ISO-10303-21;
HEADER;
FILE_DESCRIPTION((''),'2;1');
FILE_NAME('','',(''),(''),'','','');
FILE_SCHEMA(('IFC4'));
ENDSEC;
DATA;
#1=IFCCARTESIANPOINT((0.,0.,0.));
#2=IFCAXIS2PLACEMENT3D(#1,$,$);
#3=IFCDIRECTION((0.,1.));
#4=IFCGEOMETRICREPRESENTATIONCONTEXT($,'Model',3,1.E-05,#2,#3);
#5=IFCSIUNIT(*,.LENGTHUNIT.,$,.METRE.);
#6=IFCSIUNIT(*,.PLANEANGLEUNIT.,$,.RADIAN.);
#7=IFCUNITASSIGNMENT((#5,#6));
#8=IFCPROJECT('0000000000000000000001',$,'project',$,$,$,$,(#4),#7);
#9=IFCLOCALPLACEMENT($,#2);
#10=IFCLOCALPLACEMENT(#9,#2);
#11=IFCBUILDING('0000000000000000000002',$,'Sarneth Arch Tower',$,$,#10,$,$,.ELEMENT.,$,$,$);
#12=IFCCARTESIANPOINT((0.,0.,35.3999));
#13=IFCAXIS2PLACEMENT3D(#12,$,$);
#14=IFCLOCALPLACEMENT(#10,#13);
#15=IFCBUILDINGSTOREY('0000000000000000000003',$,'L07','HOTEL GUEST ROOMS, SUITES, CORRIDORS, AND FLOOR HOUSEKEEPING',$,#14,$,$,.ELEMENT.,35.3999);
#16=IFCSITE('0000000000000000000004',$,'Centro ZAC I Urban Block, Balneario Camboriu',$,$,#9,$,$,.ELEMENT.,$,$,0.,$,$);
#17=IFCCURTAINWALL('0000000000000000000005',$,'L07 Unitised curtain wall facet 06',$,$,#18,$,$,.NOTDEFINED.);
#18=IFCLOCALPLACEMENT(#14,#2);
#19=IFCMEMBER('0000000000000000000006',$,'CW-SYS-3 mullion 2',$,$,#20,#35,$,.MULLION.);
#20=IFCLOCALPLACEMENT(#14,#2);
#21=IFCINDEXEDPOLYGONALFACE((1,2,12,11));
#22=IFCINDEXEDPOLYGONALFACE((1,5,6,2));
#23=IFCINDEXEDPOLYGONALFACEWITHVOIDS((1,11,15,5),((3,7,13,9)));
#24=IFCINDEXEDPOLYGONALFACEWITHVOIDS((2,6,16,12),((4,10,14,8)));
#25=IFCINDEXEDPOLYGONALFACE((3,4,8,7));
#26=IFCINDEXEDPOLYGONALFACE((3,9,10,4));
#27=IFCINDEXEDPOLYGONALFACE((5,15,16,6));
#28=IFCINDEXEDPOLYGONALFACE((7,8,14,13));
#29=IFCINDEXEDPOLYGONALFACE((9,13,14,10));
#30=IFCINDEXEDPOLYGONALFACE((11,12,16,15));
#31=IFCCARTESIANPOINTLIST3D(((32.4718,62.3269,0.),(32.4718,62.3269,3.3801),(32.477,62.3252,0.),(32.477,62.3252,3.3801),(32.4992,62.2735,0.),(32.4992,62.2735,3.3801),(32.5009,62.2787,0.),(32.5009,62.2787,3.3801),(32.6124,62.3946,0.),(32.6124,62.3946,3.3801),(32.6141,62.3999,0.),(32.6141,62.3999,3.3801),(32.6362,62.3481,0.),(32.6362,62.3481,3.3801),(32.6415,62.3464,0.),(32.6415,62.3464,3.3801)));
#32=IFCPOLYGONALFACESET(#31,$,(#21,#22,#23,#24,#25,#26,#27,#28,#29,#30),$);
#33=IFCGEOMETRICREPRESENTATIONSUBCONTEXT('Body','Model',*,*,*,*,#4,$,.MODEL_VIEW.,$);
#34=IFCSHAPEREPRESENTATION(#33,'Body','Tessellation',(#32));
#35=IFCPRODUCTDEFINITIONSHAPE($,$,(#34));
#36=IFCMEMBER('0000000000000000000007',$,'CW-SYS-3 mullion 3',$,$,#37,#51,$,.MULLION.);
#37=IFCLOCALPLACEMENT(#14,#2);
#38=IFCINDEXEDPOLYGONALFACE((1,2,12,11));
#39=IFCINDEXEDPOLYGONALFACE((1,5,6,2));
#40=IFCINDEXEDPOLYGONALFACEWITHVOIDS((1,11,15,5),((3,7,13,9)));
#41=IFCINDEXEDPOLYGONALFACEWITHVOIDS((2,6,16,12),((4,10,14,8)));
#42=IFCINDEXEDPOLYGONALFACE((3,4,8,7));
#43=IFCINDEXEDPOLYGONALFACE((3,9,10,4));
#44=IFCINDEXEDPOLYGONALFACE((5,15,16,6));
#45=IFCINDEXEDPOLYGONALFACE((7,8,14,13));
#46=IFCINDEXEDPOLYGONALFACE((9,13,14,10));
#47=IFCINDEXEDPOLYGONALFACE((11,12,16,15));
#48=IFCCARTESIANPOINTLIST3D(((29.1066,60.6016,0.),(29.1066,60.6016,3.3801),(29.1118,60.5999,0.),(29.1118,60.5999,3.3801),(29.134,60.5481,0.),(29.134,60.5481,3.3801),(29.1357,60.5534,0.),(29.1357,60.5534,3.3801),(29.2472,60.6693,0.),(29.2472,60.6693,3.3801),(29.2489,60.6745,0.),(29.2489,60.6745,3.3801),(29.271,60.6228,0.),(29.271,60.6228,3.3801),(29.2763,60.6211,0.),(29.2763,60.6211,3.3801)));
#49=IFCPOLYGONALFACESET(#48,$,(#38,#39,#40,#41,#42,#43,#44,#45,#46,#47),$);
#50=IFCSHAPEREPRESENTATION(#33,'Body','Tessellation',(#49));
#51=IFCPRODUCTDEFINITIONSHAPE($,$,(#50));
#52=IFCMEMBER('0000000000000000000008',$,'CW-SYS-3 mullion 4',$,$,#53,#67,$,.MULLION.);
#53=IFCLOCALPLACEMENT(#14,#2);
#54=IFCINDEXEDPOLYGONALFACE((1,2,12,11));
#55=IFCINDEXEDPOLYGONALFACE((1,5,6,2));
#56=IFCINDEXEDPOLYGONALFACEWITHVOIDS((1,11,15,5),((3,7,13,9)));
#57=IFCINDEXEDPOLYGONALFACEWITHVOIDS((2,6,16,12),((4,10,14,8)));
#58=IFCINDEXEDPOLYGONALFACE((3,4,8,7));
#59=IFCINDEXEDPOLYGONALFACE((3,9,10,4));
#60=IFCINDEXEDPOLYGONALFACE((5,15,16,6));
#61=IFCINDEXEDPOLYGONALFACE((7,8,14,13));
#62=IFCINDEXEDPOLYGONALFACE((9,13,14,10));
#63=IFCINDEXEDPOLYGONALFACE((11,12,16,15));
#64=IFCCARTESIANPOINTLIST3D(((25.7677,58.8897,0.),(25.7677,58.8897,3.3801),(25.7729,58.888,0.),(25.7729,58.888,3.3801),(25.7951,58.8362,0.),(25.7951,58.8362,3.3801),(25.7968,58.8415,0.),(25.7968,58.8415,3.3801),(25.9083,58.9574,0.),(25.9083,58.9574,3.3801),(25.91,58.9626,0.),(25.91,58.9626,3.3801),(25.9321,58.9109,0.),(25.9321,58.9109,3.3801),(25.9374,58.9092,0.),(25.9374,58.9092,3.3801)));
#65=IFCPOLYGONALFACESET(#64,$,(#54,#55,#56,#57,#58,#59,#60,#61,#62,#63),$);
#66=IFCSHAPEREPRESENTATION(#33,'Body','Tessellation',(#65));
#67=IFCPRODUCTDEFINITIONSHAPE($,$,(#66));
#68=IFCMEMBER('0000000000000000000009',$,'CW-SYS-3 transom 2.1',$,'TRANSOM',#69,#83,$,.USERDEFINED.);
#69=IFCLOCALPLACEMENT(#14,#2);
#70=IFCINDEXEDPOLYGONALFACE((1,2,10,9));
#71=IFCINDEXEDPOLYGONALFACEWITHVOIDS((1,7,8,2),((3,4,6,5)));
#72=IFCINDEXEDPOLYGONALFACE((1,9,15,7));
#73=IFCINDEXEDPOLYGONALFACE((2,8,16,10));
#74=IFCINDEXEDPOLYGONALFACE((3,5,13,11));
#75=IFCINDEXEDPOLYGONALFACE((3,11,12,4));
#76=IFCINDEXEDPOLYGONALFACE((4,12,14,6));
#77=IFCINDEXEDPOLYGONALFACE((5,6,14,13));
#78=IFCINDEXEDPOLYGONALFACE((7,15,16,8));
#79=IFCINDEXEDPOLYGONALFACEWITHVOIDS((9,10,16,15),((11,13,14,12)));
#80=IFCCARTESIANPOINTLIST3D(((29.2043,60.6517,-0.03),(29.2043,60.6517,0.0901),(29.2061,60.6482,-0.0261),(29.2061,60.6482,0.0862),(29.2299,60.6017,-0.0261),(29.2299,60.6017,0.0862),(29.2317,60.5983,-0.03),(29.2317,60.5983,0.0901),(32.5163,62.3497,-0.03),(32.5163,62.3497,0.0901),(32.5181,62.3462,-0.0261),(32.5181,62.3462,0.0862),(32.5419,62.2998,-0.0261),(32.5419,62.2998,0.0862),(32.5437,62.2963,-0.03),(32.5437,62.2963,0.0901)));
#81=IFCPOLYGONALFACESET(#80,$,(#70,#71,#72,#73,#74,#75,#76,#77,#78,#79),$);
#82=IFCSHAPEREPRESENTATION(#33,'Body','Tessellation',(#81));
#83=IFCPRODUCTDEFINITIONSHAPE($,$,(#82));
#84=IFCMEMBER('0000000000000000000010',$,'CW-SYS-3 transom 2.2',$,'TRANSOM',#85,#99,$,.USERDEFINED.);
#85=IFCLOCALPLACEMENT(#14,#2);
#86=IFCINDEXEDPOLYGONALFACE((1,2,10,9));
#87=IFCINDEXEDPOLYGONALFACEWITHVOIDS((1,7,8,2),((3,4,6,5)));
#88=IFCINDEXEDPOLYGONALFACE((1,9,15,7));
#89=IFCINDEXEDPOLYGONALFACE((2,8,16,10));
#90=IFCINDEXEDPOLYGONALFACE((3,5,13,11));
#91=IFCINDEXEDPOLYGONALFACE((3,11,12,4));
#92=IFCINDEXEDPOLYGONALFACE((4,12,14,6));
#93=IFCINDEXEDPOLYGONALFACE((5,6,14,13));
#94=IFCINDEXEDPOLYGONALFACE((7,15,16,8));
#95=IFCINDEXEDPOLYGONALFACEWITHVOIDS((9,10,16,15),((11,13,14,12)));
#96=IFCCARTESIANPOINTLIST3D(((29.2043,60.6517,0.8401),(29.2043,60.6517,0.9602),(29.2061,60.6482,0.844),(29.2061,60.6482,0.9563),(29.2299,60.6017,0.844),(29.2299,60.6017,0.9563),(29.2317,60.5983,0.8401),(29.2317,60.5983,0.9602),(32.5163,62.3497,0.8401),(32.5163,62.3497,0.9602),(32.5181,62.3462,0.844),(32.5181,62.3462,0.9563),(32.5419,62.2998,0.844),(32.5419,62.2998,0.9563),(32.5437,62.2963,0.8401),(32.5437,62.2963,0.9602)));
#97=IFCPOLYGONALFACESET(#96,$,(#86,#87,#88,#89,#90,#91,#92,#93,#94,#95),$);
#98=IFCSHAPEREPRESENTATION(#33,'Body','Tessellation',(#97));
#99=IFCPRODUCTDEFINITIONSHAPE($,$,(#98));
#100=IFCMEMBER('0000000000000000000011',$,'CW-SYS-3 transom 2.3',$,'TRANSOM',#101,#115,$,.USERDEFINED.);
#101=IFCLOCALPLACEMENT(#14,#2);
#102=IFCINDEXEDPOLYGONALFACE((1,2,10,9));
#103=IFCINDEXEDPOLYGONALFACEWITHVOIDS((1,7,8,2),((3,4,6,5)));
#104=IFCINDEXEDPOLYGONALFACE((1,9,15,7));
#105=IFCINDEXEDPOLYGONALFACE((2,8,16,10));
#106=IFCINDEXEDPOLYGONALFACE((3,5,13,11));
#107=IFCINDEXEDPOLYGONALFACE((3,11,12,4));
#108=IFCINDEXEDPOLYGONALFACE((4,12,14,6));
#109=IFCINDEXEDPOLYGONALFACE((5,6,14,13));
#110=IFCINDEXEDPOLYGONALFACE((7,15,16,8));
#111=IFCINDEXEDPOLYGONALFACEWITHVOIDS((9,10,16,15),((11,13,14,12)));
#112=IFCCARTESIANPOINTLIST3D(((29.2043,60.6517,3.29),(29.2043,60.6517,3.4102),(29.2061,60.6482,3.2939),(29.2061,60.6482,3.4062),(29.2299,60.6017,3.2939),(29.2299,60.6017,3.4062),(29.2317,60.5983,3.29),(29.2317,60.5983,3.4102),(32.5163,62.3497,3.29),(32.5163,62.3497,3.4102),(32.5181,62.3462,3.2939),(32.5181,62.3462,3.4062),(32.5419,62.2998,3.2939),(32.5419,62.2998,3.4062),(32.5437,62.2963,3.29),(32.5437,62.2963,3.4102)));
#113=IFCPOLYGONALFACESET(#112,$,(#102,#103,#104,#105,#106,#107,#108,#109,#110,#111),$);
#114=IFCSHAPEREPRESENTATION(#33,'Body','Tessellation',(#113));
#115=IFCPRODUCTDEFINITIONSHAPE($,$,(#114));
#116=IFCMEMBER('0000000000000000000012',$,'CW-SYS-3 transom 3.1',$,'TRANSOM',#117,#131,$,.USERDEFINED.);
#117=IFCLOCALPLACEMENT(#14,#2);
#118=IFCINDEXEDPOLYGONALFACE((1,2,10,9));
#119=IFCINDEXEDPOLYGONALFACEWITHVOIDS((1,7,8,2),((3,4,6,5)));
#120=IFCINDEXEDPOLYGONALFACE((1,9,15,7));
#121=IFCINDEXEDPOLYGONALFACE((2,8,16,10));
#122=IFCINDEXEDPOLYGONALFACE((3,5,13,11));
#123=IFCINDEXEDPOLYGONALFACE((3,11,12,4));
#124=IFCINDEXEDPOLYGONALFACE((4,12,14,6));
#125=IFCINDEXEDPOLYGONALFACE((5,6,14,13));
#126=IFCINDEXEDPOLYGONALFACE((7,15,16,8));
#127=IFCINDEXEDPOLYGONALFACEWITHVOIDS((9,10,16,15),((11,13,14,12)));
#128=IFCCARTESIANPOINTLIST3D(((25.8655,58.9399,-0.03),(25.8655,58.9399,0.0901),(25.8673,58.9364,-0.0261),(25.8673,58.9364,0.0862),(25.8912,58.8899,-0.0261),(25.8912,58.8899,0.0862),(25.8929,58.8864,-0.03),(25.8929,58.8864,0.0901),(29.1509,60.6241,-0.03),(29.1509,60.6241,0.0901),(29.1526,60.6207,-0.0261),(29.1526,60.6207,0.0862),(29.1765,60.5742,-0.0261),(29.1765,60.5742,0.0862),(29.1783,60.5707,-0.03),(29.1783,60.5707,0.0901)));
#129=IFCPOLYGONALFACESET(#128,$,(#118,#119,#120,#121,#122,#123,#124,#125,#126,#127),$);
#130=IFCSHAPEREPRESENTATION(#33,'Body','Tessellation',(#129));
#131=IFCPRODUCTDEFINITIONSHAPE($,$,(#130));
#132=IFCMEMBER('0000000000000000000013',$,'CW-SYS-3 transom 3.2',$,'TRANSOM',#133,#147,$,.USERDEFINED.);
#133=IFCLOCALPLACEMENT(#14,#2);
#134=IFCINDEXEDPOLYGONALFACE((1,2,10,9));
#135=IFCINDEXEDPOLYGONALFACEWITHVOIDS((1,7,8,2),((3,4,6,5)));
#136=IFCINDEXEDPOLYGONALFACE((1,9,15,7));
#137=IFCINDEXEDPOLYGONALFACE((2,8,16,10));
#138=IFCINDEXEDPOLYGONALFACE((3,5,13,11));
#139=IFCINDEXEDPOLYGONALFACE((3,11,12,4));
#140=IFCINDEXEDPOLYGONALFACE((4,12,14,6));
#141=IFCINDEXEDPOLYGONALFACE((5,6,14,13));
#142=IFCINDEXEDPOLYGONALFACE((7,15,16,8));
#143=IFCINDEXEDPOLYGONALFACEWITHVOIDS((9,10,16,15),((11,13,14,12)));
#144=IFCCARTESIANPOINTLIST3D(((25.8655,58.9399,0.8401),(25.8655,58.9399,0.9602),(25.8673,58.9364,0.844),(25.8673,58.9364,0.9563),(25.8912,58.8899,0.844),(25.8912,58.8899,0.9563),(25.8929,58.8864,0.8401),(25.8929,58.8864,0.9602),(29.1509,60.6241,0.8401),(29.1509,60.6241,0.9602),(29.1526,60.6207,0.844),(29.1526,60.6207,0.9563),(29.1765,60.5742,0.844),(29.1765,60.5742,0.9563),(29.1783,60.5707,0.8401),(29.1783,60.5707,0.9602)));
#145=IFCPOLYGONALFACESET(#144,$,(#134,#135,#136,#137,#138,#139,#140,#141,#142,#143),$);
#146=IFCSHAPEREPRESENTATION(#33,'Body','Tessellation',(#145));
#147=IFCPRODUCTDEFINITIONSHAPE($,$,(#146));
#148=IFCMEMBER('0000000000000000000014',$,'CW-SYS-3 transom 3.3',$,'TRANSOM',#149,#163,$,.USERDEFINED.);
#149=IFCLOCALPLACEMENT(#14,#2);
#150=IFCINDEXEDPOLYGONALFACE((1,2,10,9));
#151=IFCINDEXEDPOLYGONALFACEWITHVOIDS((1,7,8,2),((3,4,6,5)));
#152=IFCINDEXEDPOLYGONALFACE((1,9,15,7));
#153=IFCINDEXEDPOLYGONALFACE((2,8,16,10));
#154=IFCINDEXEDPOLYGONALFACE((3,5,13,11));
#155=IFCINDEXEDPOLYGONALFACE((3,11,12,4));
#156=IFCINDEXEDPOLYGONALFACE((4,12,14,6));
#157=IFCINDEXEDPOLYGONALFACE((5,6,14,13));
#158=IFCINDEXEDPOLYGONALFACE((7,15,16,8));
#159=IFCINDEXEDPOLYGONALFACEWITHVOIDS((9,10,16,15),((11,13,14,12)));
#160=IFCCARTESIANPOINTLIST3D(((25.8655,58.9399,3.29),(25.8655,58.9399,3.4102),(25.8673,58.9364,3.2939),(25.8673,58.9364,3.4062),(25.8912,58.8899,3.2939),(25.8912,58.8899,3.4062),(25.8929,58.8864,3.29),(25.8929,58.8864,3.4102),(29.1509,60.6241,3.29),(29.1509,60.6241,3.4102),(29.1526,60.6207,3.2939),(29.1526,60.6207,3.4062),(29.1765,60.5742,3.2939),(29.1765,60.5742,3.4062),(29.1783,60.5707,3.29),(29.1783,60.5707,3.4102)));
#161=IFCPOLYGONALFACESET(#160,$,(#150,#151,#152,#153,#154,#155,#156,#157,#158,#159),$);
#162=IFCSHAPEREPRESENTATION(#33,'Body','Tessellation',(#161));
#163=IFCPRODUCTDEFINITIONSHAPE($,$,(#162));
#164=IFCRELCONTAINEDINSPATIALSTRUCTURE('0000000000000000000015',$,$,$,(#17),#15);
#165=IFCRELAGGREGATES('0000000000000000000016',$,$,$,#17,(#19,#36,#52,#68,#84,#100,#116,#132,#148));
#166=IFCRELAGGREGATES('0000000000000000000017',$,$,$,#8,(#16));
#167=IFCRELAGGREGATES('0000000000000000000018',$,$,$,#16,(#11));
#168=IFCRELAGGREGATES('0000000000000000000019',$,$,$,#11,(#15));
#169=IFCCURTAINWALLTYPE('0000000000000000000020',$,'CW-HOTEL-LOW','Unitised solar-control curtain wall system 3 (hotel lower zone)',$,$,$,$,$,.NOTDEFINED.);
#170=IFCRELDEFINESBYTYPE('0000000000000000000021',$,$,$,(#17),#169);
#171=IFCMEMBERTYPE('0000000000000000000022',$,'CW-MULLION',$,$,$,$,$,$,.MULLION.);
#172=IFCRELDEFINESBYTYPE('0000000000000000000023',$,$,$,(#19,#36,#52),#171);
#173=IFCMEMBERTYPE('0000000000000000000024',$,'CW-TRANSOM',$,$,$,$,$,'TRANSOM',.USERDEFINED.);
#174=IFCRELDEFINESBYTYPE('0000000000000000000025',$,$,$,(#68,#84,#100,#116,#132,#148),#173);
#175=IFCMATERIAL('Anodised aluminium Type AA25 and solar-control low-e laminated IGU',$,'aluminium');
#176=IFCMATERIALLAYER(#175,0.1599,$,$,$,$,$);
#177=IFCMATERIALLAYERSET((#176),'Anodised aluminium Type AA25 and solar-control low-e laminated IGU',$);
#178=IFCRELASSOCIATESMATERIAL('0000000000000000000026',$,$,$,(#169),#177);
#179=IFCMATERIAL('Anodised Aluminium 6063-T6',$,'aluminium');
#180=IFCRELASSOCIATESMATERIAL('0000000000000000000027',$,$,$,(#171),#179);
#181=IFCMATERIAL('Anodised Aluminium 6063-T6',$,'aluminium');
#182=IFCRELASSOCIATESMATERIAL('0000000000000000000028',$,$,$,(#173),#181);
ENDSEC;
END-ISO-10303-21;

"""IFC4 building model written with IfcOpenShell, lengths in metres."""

from ifc_helpers import new_model, si_unit, direction, frame, origin, origin_2d, place, context, subcontext, project, spatial, hollow_rectangle, extrude, material, layer, layer_set, material_profile, profile_set, type_object, element, aggregate, save


model = new_model("IFC4")

# Units and contexts
model_context = context("Model", 3, precision=1e-05, world=origin(), true_north=direction((0.0, 1.0)))
body_context = subcontext(model_context, "Body", "Model", "MODEL_VIEW")
ifc_project = project(units=[si_unit("LENGTHUNIT", "METRE"), si_unit("PLANEANGLEUNIT", "RADIAN")], contexts=[model_context])

# Site, building, storey
site_placement = place(None, origin())
site = spatial("IfcSite", under=ifc_project, at=site_placement, Name="Centro ZAC I Urban Block, Balneario Camboriu", CompositionType="ELEMENT", RefElevation=0.0)
building_placement = place(site_placement, origin())
building = spatial("IfcBuilding", under=site, at=building_placement, Name="Sarneth Arch Tower", CompositionType="ELEMENT")
storey_placement = place(building_placement, frame((0.0, 0.0, 35.3999)))
storey = spatial("IfcBuildingStorey", under=building, at=storey_placement, Name="L07", Description="HOTEL GUEST ROOMS, SUITES, CORRIDORS, AND FLOOR HOUSEKEEPING", CompositionType="ELEMENT", Elevation=35.3999)

# Curtain wall, members
ifc_material_1 = material(Name="Anodised aluminium Type AA25 and solar-control low-e laminated IGU", Category="aluminium")
ifc_layer_1 = layer(ifc_material_1, 0.1599)
ifc_layer_set_1 = layer_set([ifc_layer_1], Name="Anodised aluminium Type AA25 and solar-control low-e laminated IGU")
curtain_wall_type = type_object("IfcCurtainWallType", Name="CW-HOTEL-LOW", Description="Unitised solar-control curtain wall system 3 (hotel lower zone)", PredefinedType="NOTDEFINED", material=ifc_layer_set_1)
curtain_wall_placement = place(storey_placement, origin())
curtain_wall = element("IfcCurtainWall", 1, at=curtain_wall_placement, inside=storey, type_object=curtain_wall_type, Name="L07 Unitised curtain wall facet 06", PredefinedType="NOTDEFINED")
ifc_material_2 = material(Name="Anodised Aluminium 6063-T6", Category="aluminium")
ifc_material_profile_1 = material_profile(ifc_material_2, hollow_rectangle(XDim=0.0601, YDim=0.1599, WallThickness=0.0039, at=origin_2d()), Name="AL-MULL-160x60x4")
ifc_profile_set_1 = profile_set([ifc_material_profile_1], Name="Anodised Aluminium 6063-T6")
member_type_1 = type_object("IfcMemberType", Name="CW-MULLION", PredefinedType="MULLION", material=ifc_profile_set_1)
member_1_placement = place(storey_placement, frame((32.5566, 62.3367, 0.0), z_axis=(0.0, 0.0, 1.0), x_axis=(0.456245, -0.889854, 0.0)))
member_1 = element("IfcMember", 2, at=member_1_placement, type_object=member_type_1, Name="CW-SYS-3 mullion 2", PredefinedType="MULLION", context=body_context, shape_type="SweptSolid", body=[
    extrude(hollow_rectangle(XDim=0.0601, YDim=0.1599, WallThickness=0.0039, at=origin_2d()), origin(), (0.0, 0.0, 1.0), 3.3801),
])
member_2_placement = place(storey_placement, frame((29.1914, 60.6113, 0.0), z_axis=(0.0, 0.0, 1.0), x_axis=(0.456245, -0.889854, 0.0)))
member_2 = element("IfcMember", 3, at=member_2_placement, type_object=member_type_1, Name="CW-SYS-3 mullion 3", PredefinedType="MULLION", context=body_context, shape_type="SweptSolid", body=[
    extrude(hollow_rectangle(XDim=0.0601, YDim=0.1599, WallThickness=0.0039, at=origin_2d()), origin(), (0.0, 0.0, 1.0), 3.3801),
])
member_3_placement = place(storey_placement, frame((25.8525, 58.8994, 0.0), z_axis=(0.0, 0.0, 1.0), x_axis=(0.456245, -0.889854, 0.0)))
member_3 = element("IfcMember", 4, at=member_3_placement, type_object=member_type_1, Name="CW-SYS-3 mullion 4", PredefinedType="MULLION", context=body_context, shape_type="SweptSolid", body=[
    extrude(hollow_rectangle(XDim=0.0601, YDim=0.1599, WallThickness=0.0039, at=origin_2d()), origin(), (0.0, 0.0, 1.0), 3.3801),
])
ifc_material_3 = material(Name="Anodised Aluminium 6063-T6", Category="aluminium")
ifc_material_profile_2 = material_profile(ifc_material_3, hollow_rectangle(XDim=0.0601, YDim=0.1201, WallThickness=0.0039, at=origin_2d()), Name="AL-TRAN-120x60x4")
ifc_profile_set_2 = profile_set([ifc_material_profile_2], Name="Anodised Aluminium 6063-T6")
member_type_2 = type_object("IfcMemberType", Name="CW-TRANSOM", ElementType="TRANSOM", PredefinedType="USERDEFINED", material=ifc_profile_set_2)
member_4_placement = place(storey_placement, frame((32.53, 62.323, 0.03), z_axis=(-0.889869, -0.456217, 0.0), x_axis=(0.456217, -0.889869, 0.0)))
member_4 = element("IfcMember", 5, at=member_4_placement, type_object=member_type_2, Name="CW-SYS-3 transom 2.1", ObjectType="TRANSOM", PredefinedType="USERDEFINED", context=body_context, shape_type="SweptSolid", body=[
    extrude(hollow_rectangle(XDim=0.0601, YDim=0.1201, WallThickness=0.0039, at=origin_2d()), origin(), (0.0, 0.0, 1.0), 3.7219),
])
member_5_placement = place(storey_placement, frame((32.53, 62.323, 0.9001), z_axis=(-0.889869, -0.456217, 0.0), x_axis=(0.456217, -0.889869, 0.0)))
member_5 = element("IfcMember", 6, at=member_5_placement, type_object=member_type_2, Name="CW-SYS-3 transom 2.2", ObjectType="TRANSOM", PredefinedType="USERDEFINED", context=body_context, shape_type="SweptSolid", body=[
    extrude(hollow_rectangle(XDim=0.0601, YDim=0.1201, WallThickness=0.0039, at=origin_2d()), origin(), (0.0, 0.0, 1.0), 3.7219),
])
member_6_placement = place(storey_placement, frame((32.53, 62.323, 3.3501), z_axis=(-0.889869, -0.456217, 0.0), x_axis=(0.456217, -0.889869, 0.0)))
member_6 = element("IfcMember", 7, at=member_6_placement, type_object=member_type_2, Name="CW-SYS-3 transom 2.3", ObjectType="TRANSOM", PredefinedType="USERDEFINED", context=body_context, shape_type="SweptSolid", body=[
    extrude(hollow_rectangle(XDim=0.0601, YDim=0.1201, WallThickness=0.0039, at=origin_2d()), origin(), (0.0, 0.0, 1.0), 3.7219),
])
member_7_placement = place(storey_placement, frame((29.1646, 60.5974, 0.03), z_axis=(-0.889872, -0.456211, 0.0), x_axis=(0.456211, -0.889872, 0.0)))
member_7 = element("IfcMember", 8, at=member_7_placement, type_object=member_type_2, Name="CW-SYS-3 transom 3.1", ObjectType="TRANSOM", PredefinedType="USERDEFINED", context=body_context, shape_type="SweptSolid", body=[
    extrude(hollow_rectangle(XDim=0.0601, YDim=0.1201, WallThickness=0.0039, at=origin_2d()), origin(), (0.0, 0.0, 1.0), 3.6919),
])
member_8_placement = place(storey_placement, frame((29.1646, 60.5974, 0.9001), z_axis=(-0.889872, -0.456211, 0.0), x_axis=(0.456211, -0.889872, 0.0)))
member_8 = element("IfcMember", 9, at=member_8_placement, type_object=member_type_2, Name="CW-SYS-3 transom 3.2", ObjectType="TRANSOM", PredefinedType="USERDEFINED", context=body_context, shape_type="SweptSolid", body=[
    extrude(hollow_rectangle(XDim=0.0601, YDim=0.1201, WallThickness=0.0039, at=origin_2d()), origin(), (0.0, 0.0, 1.0), 3.6919),
])
member_9_placement = place(storey_placement, frame((29.1646, 60.5974, 3.3501), z_axis=(-0.889872, -0.456211, 0.0), x_axis=(0.456211, -0.889872, 0.0)))
member_9 = element("IfcMember", 10, at=member_9_placement, type_object=member_type_2, Name="CW-SYS-3 transom 3.3", ObjectType="TRANSOM", PredefinedType="USERDEFINED", context=body_context, shape_type="SweptSolid", body=[
    extrude(hollow_rectangle(XDim=0.0601, YDim=0.1201, WallThickness=0.0039, at=origin_2d()), origin(), (0.0, 0.0, 1.0), 3.6919),
])

aggregate(curtain_wall, [member_1, member_2, member_3, member_4, member_5, member_6, member_7, member_8, member_9])

save(model, "model.ifc")
